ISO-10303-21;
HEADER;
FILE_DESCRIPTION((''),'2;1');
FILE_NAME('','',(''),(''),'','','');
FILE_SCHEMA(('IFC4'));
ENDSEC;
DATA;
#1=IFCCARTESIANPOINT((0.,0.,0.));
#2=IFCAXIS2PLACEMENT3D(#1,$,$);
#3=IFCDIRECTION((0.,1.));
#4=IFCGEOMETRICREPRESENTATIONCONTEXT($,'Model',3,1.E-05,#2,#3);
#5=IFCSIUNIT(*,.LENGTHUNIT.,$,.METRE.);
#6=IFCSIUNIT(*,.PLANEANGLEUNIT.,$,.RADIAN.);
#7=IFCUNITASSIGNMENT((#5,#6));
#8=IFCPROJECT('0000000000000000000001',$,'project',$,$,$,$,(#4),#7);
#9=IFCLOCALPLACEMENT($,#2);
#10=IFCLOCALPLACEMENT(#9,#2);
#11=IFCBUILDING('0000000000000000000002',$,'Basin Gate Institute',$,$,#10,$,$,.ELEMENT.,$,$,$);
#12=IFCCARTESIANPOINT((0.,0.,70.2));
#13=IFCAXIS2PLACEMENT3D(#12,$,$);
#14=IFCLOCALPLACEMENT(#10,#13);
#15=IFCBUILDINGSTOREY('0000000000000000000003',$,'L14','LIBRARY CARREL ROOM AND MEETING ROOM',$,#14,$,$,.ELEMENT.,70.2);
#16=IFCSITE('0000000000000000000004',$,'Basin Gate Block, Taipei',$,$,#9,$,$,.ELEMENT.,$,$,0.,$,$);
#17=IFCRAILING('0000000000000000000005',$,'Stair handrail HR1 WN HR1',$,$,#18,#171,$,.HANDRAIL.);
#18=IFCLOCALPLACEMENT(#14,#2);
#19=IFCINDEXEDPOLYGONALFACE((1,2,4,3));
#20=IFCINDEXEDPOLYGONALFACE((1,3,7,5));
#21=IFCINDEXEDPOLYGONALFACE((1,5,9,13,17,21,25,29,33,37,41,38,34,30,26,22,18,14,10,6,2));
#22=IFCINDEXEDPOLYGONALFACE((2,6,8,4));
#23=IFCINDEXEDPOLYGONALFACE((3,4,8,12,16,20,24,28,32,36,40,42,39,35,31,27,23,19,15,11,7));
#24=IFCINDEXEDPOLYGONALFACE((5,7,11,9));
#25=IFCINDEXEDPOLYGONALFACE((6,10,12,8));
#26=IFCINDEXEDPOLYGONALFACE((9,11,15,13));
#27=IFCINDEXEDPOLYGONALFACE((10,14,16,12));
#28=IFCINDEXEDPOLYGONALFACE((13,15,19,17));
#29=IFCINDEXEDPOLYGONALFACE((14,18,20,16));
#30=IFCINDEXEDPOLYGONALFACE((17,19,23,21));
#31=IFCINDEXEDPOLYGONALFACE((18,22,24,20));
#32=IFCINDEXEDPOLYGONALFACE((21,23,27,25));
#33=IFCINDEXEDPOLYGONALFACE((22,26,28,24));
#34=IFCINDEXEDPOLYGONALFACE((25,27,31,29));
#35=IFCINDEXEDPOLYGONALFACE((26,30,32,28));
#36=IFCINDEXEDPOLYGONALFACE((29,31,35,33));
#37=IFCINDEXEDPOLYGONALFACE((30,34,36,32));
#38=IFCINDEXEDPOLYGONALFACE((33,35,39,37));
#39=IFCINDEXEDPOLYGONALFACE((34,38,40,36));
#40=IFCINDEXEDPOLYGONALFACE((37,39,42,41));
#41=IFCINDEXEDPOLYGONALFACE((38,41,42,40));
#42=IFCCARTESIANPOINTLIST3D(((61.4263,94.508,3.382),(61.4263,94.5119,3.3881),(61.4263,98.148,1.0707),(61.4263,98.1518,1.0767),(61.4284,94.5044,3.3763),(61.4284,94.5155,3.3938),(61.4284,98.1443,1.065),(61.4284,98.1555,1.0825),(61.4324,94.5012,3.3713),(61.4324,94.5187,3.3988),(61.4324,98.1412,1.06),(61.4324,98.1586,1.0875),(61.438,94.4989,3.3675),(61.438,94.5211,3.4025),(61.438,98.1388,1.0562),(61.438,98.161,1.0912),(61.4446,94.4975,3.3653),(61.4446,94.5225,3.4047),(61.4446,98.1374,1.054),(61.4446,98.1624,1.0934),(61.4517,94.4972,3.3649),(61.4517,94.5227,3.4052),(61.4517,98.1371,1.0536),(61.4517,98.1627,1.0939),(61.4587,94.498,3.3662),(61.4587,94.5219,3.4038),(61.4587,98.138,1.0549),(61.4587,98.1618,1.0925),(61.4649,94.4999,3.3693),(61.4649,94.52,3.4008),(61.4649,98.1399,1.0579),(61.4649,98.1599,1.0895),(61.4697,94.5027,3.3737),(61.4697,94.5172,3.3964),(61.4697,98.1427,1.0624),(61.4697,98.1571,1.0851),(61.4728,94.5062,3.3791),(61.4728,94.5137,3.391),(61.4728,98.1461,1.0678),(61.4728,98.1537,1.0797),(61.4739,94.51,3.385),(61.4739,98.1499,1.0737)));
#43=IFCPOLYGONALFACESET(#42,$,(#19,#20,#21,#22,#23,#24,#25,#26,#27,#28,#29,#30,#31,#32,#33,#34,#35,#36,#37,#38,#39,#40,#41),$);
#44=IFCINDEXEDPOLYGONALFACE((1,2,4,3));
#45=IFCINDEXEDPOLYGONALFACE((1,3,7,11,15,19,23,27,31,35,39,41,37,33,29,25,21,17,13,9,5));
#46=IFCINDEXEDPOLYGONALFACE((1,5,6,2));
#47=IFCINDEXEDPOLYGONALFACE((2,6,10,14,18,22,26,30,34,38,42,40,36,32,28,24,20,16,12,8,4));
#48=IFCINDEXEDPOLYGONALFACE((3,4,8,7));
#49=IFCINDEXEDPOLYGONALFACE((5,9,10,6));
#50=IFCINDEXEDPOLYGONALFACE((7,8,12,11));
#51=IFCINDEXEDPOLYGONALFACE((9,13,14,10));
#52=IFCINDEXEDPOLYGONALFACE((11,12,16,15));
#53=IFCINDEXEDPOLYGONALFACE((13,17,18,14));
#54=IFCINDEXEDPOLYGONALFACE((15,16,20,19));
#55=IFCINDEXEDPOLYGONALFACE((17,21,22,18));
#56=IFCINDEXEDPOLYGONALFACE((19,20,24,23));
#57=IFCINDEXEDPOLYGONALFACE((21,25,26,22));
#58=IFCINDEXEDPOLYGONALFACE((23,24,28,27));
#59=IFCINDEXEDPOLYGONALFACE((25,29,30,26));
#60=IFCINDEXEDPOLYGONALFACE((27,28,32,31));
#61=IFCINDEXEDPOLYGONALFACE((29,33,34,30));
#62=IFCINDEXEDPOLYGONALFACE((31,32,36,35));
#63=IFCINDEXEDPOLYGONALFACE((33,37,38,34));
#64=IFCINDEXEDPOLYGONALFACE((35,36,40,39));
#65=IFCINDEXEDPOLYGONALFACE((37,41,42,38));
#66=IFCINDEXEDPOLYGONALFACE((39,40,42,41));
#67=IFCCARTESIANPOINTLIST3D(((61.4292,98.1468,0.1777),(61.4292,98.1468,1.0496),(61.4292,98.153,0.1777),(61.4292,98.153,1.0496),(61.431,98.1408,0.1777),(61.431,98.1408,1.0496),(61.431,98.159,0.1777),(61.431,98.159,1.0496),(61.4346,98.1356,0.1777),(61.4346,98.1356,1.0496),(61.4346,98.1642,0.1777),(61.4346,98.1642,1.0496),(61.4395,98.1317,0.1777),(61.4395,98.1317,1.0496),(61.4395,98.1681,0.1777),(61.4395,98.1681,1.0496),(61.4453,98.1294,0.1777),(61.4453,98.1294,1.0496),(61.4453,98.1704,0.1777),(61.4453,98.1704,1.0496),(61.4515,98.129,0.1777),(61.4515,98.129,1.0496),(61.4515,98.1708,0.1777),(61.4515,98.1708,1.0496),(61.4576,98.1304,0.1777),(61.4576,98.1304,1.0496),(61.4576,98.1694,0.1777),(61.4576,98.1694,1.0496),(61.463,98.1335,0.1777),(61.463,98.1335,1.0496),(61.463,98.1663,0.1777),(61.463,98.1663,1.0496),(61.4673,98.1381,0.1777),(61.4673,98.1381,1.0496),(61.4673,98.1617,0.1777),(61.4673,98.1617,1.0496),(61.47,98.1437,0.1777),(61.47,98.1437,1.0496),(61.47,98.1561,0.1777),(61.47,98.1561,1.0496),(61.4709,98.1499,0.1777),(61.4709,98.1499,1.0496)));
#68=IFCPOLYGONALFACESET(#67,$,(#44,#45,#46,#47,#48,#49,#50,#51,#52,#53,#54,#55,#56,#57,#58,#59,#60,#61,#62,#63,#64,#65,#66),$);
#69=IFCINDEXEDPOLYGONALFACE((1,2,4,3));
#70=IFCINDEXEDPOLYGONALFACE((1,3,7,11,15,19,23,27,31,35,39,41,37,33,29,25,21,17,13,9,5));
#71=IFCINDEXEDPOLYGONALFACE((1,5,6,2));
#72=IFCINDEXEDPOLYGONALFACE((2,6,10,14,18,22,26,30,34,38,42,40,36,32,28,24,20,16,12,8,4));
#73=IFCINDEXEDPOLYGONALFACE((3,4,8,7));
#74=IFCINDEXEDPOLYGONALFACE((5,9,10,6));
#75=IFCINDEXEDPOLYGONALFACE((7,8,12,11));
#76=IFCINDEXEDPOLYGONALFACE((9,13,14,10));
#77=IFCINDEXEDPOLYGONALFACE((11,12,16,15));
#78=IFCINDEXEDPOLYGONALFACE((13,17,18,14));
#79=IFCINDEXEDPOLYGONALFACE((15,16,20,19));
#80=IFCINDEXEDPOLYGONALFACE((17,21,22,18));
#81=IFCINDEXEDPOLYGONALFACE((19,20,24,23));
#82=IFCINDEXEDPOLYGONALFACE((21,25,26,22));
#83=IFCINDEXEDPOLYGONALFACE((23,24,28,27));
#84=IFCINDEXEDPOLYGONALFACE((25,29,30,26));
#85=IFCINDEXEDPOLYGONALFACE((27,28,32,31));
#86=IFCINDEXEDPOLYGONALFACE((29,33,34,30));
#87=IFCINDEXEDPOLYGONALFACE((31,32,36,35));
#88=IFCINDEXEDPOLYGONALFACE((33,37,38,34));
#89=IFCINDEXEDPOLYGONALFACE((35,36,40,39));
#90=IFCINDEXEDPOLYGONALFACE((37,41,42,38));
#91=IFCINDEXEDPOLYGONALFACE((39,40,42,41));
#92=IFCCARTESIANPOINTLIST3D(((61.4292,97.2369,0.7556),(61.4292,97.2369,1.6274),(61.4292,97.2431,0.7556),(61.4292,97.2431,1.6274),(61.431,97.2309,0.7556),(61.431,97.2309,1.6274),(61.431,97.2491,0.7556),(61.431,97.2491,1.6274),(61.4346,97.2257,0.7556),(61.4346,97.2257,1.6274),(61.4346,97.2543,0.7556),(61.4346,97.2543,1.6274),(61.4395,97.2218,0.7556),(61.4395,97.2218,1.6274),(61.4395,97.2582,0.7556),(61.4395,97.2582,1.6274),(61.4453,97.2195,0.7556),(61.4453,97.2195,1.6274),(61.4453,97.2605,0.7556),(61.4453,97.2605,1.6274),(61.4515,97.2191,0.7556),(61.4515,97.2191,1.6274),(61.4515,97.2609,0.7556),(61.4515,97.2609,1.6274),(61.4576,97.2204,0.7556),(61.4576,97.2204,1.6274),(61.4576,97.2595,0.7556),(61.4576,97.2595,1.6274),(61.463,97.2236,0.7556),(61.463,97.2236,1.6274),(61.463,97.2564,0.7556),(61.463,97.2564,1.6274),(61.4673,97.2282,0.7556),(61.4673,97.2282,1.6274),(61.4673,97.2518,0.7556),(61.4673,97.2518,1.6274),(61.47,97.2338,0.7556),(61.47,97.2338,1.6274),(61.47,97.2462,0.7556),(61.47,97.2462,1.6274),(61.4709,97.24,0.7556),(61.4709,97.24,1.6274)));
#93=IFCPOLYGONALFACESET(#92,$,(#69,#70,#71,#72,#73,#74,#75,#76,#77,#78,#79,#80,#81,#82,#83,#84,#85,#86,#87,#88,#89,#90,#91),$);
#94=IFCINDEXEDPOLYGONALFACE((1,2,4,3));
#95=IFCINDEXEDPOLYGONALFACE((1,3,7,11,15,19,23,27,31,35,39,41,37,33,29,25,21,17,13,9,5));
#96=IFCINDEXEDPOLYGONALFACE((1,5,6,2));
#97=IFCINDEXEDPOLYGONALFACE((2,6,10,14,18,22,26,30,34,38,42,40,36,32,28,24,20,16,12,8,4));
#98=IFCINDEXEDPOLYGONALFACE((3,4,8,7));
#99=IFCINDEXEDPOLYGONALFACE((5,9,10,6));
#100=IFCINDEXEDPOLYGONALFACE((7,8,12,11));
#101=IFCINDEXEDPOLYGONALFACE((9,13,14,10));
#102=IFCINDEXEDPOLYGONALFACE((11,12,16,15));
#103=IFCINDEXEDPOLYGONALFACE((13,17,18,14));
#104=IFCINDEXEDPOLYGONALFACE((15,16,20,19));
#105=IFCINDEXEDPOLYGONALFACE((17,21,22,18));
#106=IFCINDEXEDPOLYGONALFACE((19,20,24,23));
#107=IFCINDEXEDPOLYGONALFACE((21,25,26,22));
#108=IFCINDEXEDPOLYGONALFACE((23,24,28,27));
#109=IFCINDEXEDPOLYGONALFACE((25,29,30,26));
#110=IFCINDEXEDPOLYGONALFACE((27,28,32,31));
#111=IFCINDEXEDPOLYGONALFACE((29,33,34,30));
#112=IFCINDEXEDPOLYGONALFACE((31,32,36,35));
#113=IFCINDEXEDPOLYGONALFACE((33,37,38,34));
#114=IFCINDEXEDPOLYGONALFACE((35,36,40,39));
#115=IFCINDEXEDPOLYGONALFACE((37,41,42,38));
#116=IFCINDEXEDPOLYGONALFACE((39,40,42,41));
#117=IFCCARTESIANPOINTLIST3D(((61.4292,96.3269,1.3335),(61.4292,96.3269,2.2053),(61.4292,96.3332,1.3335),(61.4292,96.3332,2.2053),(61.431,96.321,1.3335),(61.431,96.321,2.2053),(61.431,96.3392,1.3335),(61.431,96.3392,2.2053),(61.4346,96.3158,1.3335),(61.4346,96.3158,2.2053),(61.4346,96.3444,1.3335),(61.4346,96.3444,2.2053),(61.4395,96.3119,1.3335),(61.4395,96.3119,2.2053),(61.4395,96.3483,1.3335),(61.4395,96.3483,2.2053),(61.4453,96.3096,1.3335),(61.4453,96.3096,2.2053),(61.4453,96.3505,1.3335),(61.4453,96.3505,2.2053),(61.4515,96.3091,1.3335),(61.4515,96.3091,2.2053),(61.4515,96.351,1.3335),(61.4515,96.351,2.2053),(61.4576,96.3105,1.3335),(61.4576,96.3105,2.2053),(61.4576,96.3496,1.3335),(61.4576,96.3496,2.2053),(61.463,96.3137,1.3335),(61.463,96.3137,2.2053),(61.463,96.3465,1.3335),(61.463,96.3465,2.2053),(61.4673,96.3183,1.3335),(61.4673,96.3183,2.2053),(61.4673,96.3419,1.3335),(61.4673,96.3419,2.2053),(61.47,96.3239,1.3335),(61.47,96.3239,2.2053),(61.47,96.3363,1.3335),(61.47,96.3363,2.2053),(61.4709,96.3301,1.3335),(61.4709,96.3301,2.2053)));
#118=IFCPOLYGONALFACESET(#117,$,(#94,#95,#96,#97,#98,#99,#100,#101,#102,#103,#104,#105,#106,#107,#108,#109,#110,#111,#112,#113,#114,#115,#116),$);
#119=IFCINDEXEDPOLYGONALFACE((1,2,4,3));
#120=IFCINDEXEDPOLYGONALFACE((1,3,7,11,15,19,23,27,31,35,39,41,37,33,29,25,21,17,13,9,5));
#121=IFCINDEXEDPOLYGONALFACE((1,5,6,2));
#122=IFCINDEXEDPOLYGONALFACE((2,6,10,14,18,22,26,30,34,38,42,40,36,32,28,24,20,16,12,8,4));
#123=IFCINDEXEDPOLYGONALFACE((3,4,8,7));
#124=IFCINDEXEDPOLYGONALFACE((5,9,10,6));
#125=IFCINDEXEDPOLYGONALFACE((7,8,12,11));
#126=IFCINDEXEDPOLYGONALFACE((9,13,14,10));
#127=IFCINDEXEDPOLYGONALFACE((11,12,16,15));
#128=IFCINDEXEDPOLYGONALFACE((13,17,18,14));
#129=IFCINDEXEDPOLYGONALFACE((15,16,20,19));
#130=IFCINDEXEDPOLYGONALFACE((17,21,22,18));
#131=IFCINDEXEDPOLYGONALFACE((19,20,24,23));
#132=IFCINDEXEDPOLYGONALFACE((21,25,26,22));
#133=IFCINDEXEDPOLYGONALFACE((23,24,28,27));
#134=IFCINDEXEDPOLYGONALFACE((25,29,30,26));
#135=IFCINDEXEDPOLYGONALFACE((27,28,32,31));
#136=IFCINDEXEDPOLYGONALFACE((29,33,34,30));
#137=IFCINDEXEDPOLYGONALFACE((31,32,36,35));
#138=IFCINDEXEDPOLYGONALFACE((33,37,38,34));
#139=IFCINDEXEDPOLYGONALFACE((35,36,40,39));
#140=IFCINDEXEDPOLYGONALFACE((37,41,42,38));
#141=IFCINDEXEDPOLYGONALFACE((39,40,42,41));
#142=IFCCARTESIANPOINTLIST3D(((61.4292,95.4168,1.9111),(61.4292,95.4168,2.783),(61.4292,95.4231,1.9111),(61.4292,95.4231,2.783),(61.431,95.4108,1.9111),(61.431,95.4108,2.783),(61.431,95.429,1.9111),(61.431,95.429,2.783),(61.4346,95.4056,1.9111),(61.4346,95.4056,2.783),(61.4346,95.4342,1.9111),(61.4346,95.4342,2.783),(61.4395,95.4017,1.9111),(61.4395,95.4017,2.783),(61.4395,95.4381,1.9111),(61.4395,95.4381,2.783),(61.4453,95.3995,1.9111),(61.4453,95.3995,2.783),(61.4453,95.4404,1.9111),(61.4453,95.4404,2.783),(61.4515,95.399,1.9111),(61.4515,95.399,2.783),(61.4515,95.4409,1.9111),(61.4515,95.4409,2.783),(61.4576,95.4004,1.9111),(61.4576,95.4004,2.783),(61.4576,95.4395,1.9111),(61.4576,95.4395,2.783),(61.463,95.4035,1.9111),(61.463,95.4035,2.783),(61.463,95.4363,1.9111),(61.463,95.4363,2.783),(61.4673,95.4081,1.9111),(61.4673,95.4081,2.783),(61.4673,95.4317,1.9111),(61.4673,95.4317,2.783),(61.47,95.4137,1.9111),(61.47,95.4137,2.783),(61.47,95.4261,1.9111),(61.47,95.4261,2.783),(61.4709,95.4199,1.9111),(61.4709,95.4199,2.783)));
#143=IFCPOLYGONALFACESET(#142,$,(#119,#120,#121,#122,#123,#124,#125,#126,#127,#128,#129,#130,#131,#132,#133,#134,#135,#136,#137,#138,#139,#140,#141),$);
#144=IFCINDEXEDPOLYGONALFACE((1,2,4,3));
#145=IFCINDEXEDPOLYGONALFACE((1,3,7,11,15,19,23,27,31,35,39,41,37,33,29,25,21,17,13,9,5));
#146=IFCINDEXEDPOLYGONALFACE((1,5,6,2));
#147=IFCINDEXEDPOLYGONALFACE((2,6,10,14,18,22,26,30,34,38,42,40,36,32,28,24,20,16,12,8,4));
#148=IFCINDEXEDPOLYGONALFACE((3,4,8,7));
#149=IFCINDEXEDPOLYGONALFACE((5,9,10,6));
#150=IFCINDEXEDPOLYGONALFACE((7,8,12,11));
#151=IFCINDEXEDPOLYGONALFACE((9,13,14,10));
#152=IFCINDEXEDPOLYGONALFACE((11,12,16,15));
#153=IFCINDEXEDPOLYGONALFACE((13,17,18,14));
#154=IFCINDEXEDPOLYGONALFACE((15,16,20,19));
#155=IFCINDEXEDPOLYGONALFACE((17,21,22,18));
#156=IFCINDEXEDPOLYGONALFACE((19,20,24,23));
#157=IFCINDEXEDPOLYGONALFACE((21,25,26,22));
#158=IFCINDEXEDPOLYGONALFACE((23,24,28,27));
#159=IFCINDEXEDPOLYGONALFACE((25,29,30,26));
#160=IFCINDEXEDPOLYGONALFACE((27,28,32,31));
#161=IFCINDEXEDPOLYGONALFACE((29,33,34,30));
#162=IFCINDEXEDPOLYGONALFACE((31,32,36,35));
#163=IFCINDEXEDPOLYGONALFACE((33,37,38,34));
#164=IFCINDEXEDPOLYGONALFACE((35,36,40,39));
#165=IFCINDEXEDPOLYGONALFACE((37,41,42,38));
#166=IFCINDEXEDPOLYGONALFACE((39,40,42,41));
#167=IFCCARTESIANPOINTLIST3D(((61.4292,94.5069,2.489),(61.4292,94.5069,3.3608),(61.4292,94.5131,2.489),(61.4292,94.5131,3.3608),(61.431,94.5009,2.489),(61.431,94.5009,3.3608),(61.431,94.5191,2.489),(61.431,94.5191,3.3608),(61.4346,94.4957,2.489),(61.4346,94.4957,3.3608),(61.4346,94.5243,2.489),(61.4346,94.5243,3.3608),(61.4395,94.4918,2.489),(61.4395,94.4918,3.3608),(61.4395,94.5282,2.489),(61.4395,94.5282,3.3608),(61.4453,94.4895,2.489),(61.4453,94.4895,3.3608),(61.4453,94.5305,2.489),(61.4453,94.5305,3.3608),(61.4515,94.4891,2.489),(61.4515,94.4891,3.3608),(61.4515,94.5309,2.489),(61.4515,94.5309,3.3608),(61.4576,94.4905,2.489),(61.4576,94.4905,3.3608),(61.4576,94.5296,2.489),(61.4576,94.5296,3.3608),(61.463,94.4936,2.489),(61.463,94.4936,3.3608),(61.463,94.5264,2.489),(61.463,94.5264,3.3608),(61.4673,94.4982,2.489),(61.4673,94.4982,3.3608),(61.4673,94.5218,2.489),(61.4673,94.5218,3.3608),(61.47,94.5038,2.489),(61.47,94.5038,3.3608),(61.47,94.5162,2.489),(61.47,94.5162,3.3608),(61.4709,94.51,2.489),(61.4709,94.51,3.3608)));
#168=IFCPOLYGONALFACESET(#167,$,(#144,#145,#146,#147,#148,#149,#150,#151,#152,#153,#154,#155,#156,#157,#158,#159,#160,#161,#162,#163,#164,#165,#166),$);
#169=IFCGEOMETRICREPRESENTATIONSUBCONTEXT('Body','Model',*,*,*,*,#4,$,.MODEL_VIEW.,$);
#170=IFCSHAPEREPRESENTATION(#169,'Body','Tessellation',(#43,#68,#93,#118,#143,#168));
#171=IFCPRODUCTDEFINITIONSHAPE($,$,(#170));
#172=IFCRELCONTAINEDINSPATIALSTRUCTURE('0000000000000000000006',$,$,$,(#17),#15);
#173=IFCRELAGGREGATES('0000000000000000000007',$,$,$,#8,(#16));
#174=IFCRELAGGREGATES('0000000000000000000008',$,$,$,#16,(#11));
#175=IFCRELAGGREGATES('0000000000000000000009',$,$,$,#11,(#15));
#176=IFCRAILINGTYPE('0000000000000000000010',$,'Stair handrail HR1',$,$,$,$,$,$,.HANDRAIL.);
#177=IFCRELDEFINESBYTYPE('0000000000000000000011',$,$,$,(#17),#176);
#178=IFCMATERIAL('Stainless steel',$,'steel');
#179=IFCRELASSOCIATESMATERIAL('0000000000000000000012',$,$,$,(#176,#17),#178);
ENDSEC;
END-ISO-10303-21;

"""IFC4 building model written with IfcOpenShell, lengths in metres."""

from ifc_helpers import new_model, si_unit, direction, frame, origin, origin_2d, place, context, subcontext, project, spatial, circle, extrude, material, type_object, element, save


model = new_model("IFC4")

# Units and contexts
model_context = context("Model", 3, precision=1e-05, world=origin(), true_north=direction((0.0, 1.0)))
body_context = subcontext(model_context, "Body", "Model", "MODEL_VIEW")
ifc_project = project(units=[si_unit("LENGTHUNIT", "METRE"), si_unit("PLANEANGLEUNIT", "RADIAN")], contexts=[model_context])

# Site, building, storey
site_placement = place(None, origin())
site = spatial("IfcSite", under=ifc_project, at=site_placement, Name="Basin Gate Block, Taipei", CompositionType="ELEMENT", RefElevation=0.0)
building_placement = place(site_placement, origin())
building = spatial("IfcBuilding", under=site, at=building_placement, Name="Basin Gate Institute", CompositionType="ELEMENT")
storey_placement = place(building_placement, frame((0.0, 0.0, 70.2)))
storey = spatial("IfcBuildingStorey", under=building, at=storey_placement, Name="L14", Description="LIBRARY CARREL ROOM AND MEETING ROOM", CompositionType="ELEMENT", Elevation=70.2)

# Railing
ifc_material_1 = material(Name="Stainless steel", Category="steel")
railing_type_1 = type_object("IfcRailingType", Name="Stair handrail HR1", PredefinedType="HANDRAIL", material=ifc_material_1)
for number, where, name in (
    (1, (61.45, 98.1499, 0.1777), "Stair handrail HR1 WN HR1"),
):
    element("IfcRailing", number, at=place(storey_placement, frame(where)), inside=storey, type_object=railing_type_1, material=ifc_material_1, Name=name, PredefinedType="HANDRAIL", context=body_context, shape_type="SweptSolid", body=[
        extrude(circle(Radius=0.0239, at=origin_2d()), frame((0.0, 0.0, 0.896), z_axis=(0.0, -0.844188, 0.536047), x_axis=(1.0, 0.0, 0.0)), (0.0, 0.0, 1.0), 4.3118),
        extrude(circle(Radius=0.021, at=origin_2d()), origin(), (0.0, 0.0, 1.0), 0.8718),
        extrude(circle(Radius=0.021, at=origin_2d()), frame((0.0, -0.9099, 0.5779)), (0.0, 0.0, 1.0), 0.8718),
        extrude(circle(Radius=0.021, at=origin_2d()), frame((0.0, -1.8198, 1.1558)), (0.0, 0.0, 1.0), 0.8718),
        extrude(circle(Radius=0.021, at=origin_2d()), frame((0.0, -2.73, 1.7334)), (0.0, 0.0, 1.0), 0.8718),
        extrude(circle(Radius=0.021, at=origin_2d()), frame((0.0, -3.6399, 2.3113)), (0.0, 0.0, 1.0), 0.8718),
    ])

save(model, "model.ifc")
